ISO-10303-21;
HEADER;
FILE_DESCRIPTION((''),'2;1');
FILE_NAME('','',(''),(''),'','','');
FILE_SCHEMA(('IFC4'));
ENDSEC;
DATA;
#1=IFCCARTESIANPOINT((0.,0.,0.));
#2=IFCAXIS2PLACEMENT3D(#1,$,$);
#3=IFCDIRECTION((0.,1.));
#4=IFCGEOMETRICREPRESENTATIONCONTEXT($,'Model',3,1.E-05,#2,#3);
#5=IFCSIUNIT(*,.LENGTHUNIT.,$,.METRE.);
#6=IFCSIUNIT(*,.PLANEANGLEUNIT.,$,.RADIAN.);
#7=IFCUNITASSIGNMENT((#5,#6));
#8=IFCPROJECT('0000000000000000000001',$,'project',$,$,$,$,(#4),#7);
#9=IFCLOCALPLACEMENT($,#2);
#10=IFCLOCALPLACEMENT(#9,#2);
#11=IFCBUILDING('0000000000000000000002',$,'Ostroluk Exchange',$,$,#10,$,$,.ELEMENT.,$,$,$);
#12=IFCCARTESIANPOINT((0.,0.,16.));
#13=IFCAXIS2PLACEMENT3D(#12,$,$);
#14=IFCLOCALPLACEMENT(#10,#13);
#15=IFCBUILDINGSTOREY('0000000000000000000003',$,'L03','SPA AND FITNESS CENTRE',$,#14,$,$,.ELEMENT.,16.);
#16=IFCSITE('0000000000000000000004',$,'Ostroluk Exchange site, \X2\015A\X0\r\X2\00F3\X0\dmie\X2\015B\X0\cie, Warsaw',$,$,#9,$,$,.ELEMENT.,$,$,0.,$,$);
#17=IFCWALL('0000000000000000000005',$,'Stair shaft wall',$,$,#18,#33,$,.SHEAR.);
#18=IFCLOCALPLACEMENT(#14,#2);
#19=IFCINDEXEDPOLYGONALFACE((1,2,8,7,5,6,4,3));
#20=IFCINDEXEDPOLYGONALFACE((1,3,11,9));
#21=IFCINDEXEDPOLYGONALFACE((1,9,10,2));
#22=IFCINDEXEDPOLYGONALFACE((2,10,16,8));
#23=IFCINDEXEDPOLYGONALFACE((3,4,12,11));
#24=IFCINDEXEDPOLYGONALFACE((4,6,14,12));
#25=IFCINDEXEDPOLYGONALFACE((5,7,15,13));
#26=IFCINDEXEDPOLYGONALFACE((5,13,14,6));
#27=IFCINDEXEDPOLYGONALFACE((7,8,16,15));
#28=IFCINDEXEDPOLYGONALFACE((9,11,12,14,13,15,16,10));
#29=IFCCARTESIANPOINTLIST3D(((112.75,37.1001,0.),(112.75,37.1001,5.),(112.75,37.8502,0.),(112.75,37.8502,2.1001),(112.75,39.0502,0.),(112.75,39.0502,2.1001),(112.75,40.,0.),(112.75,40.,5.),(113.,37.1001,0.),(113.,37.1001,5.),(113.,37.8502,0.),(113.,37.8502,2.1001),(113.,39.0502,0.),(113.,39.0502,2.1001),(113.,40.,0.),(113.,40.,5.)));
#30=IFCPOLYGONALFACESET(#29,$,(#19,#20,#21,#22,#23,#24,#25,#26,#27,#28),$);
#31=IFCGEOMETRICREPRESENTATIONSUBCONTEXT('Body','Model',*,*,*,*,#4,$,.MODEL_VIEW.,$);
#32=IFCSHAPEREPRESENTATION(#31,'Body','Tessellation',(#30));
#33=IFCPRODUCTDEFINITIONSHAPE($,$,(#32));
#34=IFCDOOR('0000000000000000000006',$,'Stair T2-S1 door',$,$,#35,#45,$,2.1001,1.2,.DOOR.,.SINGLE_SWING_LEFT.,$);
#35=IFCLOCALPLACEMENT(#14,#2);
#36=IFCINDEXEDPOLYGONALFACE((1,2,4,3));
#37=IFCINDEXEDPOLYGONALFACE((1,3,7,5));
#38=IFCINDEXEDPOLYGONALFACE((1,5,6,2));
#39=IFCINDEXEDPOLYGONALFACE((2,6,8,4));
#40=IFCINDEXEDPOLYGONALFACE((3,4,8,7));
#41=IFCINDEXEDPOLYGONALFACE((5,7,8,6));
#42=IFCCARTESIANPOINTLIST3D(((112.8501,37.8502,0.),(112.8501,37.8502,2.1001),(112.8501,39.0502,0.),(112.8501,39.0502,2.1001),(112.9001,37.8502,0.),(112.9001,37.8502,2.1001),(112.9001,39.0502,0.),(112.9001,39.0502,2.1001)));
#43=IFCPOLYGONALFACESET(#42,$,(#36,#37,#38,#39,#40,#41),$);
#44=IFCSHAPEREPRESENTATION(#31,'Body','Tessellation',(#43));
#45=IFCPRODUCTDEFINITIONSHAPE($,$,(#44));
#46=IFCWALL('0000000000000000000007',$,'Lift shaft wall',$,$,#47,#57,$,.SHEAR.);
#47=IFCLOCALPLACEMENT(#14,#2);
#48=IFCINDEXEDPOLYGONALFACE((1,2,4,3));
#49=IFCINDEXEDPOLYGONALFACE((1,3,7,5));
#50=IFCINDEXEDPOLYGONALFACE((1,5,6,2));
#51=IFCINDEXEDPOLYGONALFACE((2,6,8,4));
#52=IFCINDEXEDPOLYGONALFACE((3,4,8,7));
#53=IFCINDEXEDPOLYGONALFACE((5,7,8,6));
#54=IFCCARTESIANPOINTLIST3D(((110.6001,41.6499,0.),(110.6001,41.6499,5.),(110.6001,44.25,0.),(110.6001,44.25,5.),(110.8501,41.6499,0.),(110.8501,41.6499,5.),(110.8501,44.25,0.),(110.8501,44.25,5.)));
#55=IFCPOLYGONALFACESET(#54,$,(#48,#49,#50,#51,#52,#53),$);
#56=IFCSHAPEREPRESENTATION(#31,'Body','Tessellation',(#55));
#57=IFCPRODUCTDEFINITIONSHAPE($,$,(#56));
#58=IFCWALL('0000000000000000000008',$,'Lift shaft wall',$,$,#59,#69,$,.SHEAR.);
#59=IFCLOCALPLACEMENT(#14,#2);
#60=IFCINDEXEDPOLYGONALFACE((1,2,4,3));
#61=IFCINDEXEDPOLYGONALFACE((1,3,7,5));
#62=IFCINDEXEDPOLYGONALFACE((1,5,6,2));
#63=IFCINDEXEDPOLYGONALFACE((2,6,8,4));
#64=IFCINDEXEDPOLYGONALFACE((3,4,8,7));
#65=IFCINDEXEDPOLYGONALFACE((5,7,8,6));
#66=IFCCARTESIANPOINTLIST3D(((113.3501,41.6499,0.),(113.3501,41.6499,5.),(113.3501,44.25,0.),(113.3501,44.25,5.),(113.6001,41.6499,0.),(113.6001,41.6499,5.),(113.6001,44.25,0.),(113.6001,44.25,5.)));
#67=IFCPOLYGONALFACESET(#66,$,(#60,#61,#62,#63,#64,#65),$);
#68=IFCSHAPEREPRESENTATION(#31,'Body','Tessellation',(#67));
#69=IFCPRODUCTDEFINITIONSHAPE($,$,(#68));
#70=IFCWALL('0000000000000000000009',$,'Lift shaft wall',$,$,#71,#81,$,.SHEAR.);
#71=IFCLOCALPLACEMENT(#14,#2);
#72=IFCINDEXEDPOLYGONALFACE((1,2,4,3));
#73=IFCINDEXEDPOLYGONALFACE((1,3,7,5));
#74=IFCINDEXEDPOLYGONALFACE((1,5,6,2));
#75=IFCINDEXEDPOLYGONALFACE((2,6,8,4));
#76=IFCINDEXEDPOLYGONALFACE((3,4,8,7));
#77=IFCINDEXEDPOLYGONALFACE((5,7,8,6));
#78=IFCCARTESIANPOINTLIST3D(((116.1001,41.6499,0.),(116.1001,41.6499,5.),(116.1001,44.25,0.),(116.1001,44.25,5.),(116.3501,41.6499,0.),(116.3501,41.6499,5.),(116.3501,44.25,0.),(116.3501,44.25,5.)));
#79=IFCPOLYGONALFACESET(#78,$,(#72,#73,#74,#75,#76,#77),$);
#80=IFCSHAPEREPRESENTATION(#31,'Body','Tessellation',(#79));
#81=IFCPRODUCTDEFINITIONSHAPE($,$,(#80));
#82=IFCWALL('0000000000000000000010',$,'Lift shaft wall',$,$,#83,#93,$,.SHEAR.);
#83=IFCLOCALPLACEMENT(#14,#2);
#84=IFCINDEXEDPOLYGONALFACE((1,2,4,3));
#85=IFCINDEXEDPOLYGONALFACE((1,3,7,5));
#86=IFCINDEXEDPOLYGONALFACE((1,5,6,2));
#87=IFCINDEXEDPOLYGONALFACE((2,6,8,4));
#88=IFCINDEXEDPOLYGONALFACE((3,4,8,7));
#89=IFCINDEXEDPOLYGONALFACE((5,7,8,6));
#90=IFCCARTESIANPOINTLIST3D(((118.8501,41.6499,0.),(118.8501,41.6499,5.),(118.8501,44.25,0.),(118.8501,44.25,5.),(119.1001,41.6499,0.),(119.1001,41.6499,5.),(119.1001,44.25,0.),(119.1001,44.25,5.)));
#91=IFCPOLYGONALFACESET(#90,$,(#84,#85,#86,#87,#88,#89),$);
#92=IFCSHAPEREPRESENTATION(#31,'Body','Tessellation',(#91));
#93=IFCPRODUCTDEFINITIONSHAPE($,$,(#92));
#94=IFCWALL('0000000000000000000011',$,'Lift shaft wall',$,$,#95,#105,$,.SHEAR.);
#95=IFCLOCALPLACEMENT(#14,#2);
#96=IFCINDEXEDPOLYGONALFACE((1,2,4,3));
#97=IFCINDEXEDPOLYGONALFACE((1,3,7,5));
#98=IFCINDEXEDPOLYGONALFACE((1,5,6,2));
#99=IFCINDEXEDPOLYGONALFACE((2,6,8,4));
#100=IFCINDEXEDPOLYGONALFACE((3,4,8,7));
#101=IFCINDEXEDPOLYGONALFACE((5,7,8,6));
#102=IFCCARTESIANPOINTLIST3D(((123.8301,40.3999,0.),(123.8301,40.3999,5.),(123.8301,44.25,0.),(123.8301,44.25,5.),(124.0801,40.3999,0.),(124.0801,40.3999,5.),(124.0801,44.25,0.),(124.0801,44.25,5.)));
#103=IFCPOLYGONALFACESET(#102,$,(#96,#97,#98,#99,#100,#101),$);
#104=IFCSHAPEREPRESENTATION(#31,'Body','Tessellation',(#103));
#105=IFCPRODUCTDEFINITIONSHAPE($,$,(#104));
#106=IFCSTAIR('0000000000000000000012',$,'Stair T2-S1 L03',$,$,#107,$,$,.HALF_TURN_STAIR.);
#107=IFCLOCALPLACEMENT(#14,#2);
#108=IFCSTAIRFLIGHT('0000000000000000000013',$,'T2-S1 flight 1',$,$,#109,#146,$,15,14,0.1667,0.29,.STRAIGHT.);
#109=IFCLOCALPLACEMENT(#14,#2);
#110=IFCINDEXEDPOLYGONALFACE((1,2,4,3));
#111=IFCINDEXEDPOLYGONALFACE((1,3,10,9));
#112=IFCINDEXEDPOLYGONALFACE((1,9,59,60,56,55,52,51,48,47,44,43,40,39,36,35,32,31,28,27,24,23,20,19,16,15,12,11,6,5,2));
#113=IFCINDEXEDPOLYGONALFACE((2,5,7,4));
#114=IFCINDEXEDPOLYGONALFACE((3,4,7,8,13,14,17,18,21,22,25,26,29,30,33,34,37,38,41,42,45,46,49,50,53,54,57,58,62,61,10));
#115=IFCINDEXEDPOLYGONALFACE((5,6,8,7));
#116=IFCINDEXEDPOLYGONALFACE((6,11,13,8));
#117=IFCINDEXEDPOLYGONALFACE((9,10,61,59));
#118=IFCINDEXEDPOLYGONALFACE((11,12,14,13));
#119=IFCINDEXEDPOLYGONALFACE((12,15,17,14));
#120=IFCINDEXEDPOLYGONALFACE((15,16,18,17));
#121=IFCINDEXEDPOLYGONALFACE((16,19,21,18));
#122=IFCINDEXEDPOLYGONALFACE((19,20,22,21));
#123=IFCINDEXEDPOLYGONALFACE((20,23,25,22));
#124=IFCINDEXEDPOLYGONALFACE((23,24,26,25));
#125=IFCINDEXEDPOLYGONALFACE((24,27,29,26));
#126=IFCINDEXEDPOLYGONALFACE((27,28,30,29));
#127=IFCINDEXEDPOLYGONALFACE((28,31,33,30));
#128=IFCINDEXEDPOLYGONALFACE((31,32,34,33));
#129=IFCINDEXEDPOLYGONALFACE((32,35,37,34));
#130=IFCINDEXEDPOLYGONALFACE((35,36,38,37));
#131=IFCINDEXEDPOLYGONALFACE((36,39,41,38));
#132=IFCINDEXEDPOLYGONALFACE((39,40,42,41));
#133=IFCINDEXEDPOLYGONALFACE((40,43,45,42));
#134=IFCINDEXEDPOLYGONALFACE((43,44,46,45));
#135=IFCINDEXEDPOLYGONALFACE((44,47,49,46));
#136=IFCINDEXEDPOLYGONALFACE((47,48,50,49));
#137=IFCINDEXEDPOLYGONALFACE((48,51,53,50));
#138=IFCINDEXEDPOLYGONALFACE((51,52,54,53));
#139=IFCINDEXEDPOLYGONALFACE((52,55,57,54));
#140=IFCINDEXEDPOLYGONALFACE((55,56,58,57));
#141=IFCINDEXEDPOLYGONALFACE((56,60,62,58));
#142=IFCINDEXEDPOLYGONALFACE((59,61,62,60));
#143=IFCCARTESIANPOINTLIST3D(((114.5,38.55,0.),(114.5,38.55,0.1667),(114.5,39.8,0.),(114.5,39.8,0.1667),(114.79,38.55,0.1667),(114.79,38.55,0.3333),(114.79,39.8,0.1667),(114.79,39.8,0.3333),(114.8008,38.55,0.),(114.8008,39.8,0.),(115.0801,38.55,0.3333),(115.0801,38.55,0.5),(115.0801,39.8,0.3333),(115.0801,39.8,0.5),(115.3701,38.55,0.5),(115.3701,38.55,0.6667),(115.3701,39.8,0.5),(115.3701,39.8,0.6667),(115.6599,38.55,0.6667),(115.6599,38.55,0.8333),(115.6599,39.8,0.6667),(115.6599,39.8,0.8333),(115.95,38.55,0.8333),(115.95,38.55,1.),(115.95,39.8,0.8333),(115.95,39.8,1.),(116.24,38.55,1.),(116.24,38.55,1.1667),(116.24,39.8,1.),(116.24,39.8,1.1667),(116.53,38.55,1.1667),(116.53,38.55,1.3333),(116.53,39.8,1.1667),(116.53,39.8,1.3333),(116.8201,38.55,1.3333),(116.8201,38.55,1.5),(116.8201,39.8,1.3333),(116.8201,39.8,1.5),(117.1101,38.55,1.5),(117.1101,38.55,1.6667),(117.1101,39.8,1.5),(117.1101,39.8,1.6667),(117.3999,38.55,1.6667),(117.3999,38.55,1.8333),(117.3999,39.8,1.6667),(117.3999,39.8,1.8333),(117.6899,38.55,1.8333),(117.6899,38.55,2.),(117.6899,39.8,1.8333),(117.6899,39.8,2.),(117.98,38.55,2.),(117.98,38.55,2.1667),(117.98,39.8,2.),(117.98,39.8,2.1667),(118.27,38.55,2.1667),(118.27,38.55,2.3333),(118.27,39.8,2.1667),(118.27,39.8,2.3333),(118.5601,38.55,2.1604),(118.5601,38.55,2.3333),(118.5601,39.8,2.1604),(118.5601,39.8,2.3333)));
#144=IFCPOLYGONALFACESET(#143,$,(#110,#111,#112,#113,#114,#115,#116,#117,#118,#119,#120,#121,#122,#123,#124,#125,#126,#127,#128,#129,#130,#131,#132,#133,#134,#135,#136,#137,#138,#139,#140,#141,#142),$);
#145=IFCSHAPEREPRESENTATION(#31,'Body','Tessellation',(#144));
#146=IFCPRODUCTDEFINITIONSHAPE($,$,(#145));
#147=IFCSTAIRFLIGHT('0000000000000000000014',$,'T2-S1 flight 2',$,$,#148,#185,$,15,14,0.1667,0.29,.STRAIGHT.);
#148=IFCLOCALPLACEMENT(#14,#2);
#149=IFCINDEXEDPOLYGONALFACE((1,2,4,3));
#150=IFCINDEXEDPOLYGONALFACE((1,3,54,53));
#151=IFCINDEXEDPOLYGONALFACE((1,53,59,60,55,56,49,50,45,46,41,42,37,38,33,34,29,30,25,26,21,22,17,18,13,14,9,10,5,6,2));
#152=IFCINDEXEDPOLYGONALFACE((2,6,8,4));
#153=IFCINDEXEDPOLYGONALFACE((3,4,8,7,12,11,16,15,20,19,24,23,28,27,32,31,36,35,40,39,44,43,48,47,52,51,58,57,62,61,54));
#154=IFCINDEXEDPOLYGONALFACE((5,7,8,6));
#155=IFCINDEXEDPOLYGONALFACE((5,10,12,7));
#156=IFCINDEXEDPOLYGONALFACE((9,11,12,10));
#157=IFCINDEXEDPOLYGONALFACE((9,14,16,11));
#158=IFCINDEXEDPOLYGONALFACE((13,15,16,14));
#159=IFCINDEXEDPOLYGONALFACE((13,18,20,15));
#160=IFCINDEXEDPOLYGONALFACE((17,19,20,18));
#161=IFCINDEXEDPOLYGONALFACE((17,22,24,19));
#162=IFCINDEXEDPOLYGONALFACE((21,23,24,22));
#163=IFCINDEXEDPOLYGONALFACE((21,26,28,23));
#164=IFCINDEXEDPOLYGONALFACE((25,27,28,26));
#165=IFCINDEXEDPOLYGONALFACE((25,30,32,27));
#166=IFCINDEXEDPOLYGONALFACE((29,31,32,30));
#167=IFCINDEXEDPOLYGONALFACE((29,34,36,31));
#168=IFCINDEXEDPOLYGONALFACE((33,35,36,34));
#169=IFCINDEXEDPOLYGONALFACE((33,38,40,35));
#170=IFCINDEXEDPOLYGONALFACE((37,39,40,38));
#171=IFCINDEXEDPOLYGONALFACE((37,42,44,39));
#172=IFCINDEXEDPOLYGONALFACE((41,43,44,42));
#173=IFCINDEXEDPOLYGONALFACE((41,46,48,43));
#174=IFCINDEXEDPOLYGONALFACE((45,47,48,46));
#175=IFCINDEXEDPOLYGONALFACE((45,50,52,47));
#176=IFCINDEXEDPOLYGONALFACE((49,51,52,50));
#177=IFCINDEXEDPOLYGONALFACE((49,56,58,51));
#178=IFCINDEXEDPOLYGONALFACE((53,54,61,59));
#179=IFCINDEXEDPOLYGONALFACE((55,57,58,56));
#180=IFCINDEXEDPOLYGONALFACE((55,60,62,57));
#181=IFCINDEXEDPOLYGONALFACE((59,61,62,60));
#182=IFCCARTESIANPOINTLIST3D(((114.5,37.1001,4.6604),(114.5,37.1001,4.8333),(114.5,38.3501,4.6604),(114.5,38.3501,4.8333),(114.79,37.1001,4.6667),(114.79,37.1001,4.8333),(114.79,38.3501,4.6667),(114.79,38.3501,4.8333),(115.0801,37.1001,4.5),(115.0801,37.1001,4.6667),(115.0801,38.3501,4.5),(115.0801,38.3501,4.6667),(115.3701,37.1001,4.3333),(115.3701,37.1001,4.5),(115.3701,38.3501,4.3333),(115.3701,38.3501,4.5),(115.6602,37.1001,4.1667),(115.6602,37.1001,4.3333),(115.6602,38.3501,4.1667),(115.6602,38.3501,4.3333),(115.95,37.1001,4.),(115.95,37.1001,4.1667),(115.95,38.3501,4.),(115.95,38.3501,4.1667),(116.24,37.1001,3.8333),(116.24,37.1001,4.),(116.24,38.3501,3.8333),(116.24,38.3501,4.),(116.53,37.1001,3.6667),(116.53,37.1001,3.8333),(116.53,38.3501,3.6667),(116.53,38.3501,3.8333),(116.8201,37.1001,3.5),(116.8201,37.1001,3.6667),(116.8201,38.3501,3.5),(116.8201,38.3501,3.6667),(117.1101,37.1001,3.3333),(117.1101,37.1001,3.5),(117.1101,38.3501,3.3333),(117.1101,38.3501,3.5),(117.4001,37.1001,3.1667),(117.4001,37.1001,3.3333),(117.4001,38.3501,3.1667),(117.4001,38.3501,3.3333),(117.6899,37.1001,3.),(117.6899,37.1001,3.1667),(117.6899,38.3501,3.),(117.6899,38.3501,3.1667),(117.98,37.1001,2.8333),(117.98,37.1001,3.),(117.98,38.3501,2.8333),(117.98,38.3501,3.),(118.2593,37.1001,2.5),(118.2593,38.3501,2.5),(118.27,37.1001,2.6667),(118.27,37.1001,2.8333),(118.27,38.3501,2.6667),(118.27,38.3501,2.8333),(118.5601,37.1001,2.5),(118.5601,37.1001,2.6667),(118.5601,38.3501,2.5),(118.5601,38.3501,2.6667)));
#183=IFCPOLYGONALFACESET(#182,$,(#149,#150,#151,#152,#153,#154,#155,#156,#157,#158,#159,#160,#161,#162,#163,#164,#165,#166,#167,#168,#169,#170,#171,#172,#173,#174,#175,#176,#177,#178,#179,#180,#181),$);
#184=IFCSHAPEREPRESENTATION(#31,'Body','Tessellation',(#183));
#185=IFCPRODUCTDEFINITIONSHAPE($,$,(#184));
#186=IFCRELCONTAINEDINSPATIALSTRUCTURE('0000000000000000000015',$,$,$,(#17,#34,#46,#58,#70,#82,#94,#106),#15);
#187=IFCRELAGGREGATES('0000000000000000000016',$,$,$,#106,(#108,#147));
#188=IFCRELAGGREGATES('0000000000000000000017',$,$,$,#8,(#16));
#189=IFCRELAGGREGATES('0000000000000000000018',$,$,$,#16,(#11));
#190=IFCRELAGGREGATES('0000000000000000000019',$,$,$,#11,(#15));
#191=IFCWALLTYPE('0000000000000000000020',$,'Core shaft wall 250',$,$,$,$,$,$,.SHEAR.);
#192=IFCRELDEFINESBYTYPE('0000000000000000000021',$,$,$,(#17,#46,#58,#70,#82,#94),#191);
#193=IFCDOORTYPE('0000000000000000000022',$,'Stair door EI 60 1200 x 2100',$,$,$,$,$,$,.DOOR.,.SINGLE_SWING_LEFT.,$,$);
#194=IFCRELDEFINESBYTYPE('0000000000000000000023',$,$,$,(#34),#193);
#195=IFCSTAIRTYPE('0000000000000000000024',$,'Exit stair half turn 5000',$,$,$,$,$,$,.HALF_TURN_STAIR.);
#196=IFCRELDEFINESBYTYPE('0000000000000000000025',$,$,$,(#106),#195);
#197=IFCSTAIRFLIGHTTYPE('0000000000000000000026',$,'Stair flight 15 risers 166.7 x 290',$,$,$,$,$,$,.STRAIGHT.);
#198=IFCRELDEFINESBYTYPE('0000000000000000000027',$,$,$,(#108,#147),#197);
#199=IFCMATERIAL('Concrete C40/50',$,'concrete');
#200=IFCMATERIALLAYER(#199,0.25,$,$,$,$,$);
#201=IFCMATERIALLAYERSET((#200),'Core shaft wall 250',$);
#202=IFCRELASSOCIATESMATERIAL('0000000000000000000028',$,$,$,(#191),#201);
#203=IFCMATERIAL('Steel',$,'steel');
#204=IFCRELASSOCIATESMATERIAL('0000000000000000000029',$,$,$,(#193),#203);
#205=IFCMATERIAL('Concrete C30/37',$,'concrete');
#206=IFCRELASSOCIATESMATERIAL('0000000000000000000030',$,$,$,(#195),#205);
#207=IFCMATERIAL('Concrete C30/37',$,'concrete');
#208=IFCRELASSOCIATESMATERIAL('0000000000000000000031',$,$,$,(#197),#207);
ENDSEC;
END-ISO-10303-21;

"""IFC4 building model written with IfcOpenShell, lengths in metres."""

from ifc_helpers import new_model, si_unit, direction, frame, frame_2d, origin, place, context, subcontext, project, spatial, polyline, rectangle, outline, extrude, material, layer, layer_set, type_object, element, fill, aggregate, save


model = new_model("IFC4")

# Units and contexts
model_context = context("Model", 3, precision=1e-05, world=origin(), true_north=direction((0.0, 1.0)))
body_context = subcontext(model_context, "Body", "Model", "MODEL_VIEW")
ifc_project = project(units=[si_unit("LENGTHUNIT", "METRE"), si_unit("PLANEANGLEUNIT", "RADIAN")], contexts=[model_context])

# Site, building, storey
site_placement = place(None, origin())
site = spatial("IfcSite", under=ifc_project, at=site_placement, Name="Ostroluk Exchange site, Śródmieście, Warsaw", CompositionType="ELEMENT", RefElevation=0.0)
building_placement = place(site_placement, origin())
building = spatial("IfcBuilding", under=site, at=building_placement, Name="Ostroluk Exchange", CompositionType="ELEMENT")
storey_placement = place(building_placement, frame((0.0, 0.0, 16.0)))
storey = spatial("IfcBuildingStorey", under=building, at=storey_placement, Name="L03", Description="SPA AND FITNESS CENTRE", CompositionType="ELEMENT", Elevation=16.0)

# Wall, opening, door
ifc_material_1 = material(Name="Concrete C40/50", Category="concrete")
ifc_layer_1 = layer(ifc_material_1, 0.25)
ifc_layer_set_1 = layer_set([ifc_layer_1], Name="Core shaft wall 250")
wall_type_1 = type_object("IfcWallType", Name="Core shaft wall 250", PredefinedType="SHEAR", material=ifc_layer_set_1)
wall_1_placement = place(storey_placement, frame((112.875, 37.1001, 0.0), z_axis=(0.0, 0.0, 1.0), x_axis=(0.0, 1.0, 0.0)))
wall_1 = element("IfcWall", 1, at=wall_1_placement, inside=storey, type_object=wall_type_1, Name="Stair shaft wall", PredefinedType="SHEAR", context=body_context, shape_type="SweptSolid", body=[
    extrude(rectangle(XDim=2.8999, YDim=0.25, at=frame_2d((1.45, 0.0))), origin(), (0.0, 0.0, 1.0), 5.0),
])
opening_1_placement = place(wall_1_placement, frame((0.75, 0.0, 0.0)))
opening_1 = element("IfcOpeningElement", 2, at=opening_1_placement, cuts=wall_1, PredefinedType="OPENING", context=body_context, shape_type="SweptSolid", body=[
    extrude(rectangle(XDim=1.2, YDim=2.1001, at=frame_2d((0.6001, 1.05))), frame((0.0, 0.135, 0.0), z_axis=(0.0, -1.0, 0.0), x_axis=(1.0, 0.0, 0.0)), (0.0, 0.0, 1.0), 0.27),
])
ifc_material_2 = material(Name="Steel", Category="steel")
door_type_1 = type_object("IfcDoorType", Name="Stair door EI 60 1200 x 2100", OperationType="SINGLE_SWING_LEFT", PredefinedType="DOOR", material=ifc_material_2)
door_1_placement = place(opening_1_placement, origin())
door_1 = element("IfcDoor", 3, at=door_1_placement, inside=storey, type_object=door_type_1, Name="Stair T2-S1 door", OperationType="SINGLE_SWING_LEFT", OverallHeight=2.1001, OverallWidth=1.2, PredefinedType="DOOR", context=body_context, shape_type="SweptSolid", body=[
    extrude(rectangle(XDim=1.2, YDim=2.1001, at=frame_2d((0.6001, 1.05))), frame((0.0, 0.0249, 0.0), z_axis=(0.0, -1.0, 0.0), x_axis=(1.0, 0.0, 0.0)), (0.0, 0.0, 1.0), 0.05),
])
fill(opening_1, door_1)

# Walls
for number, where, z_axis, x_axis, name in (
    (4, (110.7251, 44.25, 0.0), (0.0, 0.0, 1.0), (0.0, -1.0, 0.0), "Lift shaft wall"),
    (5, (113.4751, 44.25, 0.0), (0.0, 0.0, 1.0), (0.0, -1.0, 0.0), "Lift shaft wall"),
    (6, (116.2251, 44.25, 0.0), (0.0, 0.0, 1.0), (0.0, -1.0, 0.0), "Lift shaft wall"),
    (7, (118.9751, 44.25, 0.0), (0.0, 0.0, 1.0), (0.0, -1.0, 0.0), "Lift shaft wall"),
):
    element("IfcWall", number, at=place(storey_placement, frame(where, z_axis=z_axis, x_axis=x_axis)), inside=storey, type_object=wall_type_1, Name=name, PredefinedType="SHEAR", context=body_context, shape_type="SweptSolid", body=[
        extrude(rectangle(XDim=2.6001, YDim=0.25, at=frame_2d((1.3, 0.0))), origin(), (0.0, 0.0, 1.0), 5.0),
    ])
wall_2_placement = place(storey_placement, frame((123.9551, 44.25, 0.0), z_axis=(0.0, 0.0, 1.0), x_axis=(0.0, -1.0, 0.0)))
element("IfcWall", 8, at=wall_2_placement, inside=storey, type_object=wall_type_1, Name="Lift shaft wall", PredefinedType="SHEAR", context=body_context, shape_type="SweptSolid", body=[
    extrude(rectangle(XDim=3.8501, YDim=0.25, at=frame_2d((1.925, 0.0))), origin(), (0.0, 0.0, 1.0), 5.0),
])

# Stair, stair flights
ifc_material_3 = material(Name="Concrete C30/37", Category="concrete")
stair_type = type_object("IfcStairType", Name="Exit stair half turn 5000", PredefinedType="HALF_TURN_STAIR", material=ifc_material_3)
stair_placement = place(storey_placement, origin())
stair = element("IfcStair", 9, at=stair_placement, inside=storey, type_object=stair_type, Name="Stair T2-S1 L03", PredefinedType="HALF_TURN_STAIR")
ifc_material_4 = material(Name="Concrete C30/37", Category="concrete")
stair_flight_type = type_object("IfcStairFlightType", Name="Stair flight 15 risers 166.7 x 290", PredefinedType="STRAIGHT", material=ifc_material_4)
stair_flight_1_placement = place(storey_placement, frame((114.5, 39.175, 0.0), z_axis=(0.0, 0.0, 1.0), x_axis=(1.0, 0.0, 0.0)))
stair_flight_1 = element("IfcStairFlight", 10, at=stair_flight_1_placement, type_object=stair_flight_type, Name="T2-S1 flight 1", NumberOfRisers=15, NumberOfTreads=14, PredefinedType="STRAIGHT", RiserHeight=0.1667, TreadLength=0.29, context=body_context, shape_type="SweptSolid", body=[
    extrude(outline(polyline([(0.0, 0.0), (0.0, 0.1667), (0.29, 0.1667), (0.29, 0.3333), (0.5801, 0.3333), (0.5801, 0.5), (0.8701, 0.5), (0.8701, 0.6667), (1.1599, 0.6667), (1.1599, 0.8333), (1.45, 0.8333), (1.45, 1.0), (1.74, 1.0), (1.74, 1.1667), (2.03, 1.1667), (2.03, 1.3333), (2.3201, 1.3333), (2.3201, 1.5), (2.6101, 1.5), (2.6101, 1.6667), (2.8999, 1.6667), (2.8999, 1.8333), (3.1899, 1.8333), (3.1899, 2.0), (3.48, 2.0), (3.48, 2.1667), (3.77, 2.1667), (3.77, 2.3333), (4.0601, 2.3333), (4.0601, 2.5), (4.0601, 2.1604), (0.3008, 0.0), (0.0, 0.0)])), frame((0.0, 0.625, 0.0), z_axis=(0.0, -1.0, 0.0), x_axis=(1.0, 0.0, 0.0)), (0.0, 0.0, 1.0), 1.25),
])
stair_flight_2_placement = place(storey_placement, frame((118.5601, 37.7251, 2.5), z_axis=(0.0, 0.0, 1.0), x_axis=(-1.0, 0.0, 0.0)))
stair_flight_2 = element("IfcStairFlight", 11, at=stair_flight_2_placement, type_object=stair_flight_type, Name="T2-S1 flight 2", NumberOfRisers=15, NumberOfTreads=14, PredefinedType="STRAIGHT", RiserHeight=0.1667, TreadLength=0.29, context=body_context, shape_type="SweptSolid", body=[
    extrude(outline(polyline([(0.0, 0.0), (0.0, 0.1667), (0.29, 0.1667), (0.29, 0.3333), (0.5801, 0.3333), (0.5801, 0.5), (0.8701, 0.5), (0.8701, 0.6667), (1.1599, 0.6667), (1.1599, 0.8333), (1.45, 0.8333), (1.45, 1.0), (1.74, 1.0), (1.74, 1.1667), (2.03, 1.1667), (2.03, 1.3333), (2.3201, 1.3333), (2.3201, 1.5), (2.6101, 1.5), (2.6101, 1.6667), (2.8999, 1.6667), (2.8999, 1.8333), (3.1899, 1.8333), (3.1899, 2.0), (3.48, 2.0), (3.48, 2.1667), (3.77, 2.1667), (3.77, 2.3333), (4.0601, 2.3333), (4.0601, 2.5), (4.0601, 2.1604), (0.3008, 0.0), (0.0, 0.0)])), frame((0.0, 0.625, 0.0), z_axis=(0.0, -1.0, 0.0), x_axis=(1.0, 0.0, 0.0)), (0.0, 0.0, 1.0), 1.25),
])
aggregate(stair, [stair_flight_1, stair_flight_2])

save(model, "model.ifc")
